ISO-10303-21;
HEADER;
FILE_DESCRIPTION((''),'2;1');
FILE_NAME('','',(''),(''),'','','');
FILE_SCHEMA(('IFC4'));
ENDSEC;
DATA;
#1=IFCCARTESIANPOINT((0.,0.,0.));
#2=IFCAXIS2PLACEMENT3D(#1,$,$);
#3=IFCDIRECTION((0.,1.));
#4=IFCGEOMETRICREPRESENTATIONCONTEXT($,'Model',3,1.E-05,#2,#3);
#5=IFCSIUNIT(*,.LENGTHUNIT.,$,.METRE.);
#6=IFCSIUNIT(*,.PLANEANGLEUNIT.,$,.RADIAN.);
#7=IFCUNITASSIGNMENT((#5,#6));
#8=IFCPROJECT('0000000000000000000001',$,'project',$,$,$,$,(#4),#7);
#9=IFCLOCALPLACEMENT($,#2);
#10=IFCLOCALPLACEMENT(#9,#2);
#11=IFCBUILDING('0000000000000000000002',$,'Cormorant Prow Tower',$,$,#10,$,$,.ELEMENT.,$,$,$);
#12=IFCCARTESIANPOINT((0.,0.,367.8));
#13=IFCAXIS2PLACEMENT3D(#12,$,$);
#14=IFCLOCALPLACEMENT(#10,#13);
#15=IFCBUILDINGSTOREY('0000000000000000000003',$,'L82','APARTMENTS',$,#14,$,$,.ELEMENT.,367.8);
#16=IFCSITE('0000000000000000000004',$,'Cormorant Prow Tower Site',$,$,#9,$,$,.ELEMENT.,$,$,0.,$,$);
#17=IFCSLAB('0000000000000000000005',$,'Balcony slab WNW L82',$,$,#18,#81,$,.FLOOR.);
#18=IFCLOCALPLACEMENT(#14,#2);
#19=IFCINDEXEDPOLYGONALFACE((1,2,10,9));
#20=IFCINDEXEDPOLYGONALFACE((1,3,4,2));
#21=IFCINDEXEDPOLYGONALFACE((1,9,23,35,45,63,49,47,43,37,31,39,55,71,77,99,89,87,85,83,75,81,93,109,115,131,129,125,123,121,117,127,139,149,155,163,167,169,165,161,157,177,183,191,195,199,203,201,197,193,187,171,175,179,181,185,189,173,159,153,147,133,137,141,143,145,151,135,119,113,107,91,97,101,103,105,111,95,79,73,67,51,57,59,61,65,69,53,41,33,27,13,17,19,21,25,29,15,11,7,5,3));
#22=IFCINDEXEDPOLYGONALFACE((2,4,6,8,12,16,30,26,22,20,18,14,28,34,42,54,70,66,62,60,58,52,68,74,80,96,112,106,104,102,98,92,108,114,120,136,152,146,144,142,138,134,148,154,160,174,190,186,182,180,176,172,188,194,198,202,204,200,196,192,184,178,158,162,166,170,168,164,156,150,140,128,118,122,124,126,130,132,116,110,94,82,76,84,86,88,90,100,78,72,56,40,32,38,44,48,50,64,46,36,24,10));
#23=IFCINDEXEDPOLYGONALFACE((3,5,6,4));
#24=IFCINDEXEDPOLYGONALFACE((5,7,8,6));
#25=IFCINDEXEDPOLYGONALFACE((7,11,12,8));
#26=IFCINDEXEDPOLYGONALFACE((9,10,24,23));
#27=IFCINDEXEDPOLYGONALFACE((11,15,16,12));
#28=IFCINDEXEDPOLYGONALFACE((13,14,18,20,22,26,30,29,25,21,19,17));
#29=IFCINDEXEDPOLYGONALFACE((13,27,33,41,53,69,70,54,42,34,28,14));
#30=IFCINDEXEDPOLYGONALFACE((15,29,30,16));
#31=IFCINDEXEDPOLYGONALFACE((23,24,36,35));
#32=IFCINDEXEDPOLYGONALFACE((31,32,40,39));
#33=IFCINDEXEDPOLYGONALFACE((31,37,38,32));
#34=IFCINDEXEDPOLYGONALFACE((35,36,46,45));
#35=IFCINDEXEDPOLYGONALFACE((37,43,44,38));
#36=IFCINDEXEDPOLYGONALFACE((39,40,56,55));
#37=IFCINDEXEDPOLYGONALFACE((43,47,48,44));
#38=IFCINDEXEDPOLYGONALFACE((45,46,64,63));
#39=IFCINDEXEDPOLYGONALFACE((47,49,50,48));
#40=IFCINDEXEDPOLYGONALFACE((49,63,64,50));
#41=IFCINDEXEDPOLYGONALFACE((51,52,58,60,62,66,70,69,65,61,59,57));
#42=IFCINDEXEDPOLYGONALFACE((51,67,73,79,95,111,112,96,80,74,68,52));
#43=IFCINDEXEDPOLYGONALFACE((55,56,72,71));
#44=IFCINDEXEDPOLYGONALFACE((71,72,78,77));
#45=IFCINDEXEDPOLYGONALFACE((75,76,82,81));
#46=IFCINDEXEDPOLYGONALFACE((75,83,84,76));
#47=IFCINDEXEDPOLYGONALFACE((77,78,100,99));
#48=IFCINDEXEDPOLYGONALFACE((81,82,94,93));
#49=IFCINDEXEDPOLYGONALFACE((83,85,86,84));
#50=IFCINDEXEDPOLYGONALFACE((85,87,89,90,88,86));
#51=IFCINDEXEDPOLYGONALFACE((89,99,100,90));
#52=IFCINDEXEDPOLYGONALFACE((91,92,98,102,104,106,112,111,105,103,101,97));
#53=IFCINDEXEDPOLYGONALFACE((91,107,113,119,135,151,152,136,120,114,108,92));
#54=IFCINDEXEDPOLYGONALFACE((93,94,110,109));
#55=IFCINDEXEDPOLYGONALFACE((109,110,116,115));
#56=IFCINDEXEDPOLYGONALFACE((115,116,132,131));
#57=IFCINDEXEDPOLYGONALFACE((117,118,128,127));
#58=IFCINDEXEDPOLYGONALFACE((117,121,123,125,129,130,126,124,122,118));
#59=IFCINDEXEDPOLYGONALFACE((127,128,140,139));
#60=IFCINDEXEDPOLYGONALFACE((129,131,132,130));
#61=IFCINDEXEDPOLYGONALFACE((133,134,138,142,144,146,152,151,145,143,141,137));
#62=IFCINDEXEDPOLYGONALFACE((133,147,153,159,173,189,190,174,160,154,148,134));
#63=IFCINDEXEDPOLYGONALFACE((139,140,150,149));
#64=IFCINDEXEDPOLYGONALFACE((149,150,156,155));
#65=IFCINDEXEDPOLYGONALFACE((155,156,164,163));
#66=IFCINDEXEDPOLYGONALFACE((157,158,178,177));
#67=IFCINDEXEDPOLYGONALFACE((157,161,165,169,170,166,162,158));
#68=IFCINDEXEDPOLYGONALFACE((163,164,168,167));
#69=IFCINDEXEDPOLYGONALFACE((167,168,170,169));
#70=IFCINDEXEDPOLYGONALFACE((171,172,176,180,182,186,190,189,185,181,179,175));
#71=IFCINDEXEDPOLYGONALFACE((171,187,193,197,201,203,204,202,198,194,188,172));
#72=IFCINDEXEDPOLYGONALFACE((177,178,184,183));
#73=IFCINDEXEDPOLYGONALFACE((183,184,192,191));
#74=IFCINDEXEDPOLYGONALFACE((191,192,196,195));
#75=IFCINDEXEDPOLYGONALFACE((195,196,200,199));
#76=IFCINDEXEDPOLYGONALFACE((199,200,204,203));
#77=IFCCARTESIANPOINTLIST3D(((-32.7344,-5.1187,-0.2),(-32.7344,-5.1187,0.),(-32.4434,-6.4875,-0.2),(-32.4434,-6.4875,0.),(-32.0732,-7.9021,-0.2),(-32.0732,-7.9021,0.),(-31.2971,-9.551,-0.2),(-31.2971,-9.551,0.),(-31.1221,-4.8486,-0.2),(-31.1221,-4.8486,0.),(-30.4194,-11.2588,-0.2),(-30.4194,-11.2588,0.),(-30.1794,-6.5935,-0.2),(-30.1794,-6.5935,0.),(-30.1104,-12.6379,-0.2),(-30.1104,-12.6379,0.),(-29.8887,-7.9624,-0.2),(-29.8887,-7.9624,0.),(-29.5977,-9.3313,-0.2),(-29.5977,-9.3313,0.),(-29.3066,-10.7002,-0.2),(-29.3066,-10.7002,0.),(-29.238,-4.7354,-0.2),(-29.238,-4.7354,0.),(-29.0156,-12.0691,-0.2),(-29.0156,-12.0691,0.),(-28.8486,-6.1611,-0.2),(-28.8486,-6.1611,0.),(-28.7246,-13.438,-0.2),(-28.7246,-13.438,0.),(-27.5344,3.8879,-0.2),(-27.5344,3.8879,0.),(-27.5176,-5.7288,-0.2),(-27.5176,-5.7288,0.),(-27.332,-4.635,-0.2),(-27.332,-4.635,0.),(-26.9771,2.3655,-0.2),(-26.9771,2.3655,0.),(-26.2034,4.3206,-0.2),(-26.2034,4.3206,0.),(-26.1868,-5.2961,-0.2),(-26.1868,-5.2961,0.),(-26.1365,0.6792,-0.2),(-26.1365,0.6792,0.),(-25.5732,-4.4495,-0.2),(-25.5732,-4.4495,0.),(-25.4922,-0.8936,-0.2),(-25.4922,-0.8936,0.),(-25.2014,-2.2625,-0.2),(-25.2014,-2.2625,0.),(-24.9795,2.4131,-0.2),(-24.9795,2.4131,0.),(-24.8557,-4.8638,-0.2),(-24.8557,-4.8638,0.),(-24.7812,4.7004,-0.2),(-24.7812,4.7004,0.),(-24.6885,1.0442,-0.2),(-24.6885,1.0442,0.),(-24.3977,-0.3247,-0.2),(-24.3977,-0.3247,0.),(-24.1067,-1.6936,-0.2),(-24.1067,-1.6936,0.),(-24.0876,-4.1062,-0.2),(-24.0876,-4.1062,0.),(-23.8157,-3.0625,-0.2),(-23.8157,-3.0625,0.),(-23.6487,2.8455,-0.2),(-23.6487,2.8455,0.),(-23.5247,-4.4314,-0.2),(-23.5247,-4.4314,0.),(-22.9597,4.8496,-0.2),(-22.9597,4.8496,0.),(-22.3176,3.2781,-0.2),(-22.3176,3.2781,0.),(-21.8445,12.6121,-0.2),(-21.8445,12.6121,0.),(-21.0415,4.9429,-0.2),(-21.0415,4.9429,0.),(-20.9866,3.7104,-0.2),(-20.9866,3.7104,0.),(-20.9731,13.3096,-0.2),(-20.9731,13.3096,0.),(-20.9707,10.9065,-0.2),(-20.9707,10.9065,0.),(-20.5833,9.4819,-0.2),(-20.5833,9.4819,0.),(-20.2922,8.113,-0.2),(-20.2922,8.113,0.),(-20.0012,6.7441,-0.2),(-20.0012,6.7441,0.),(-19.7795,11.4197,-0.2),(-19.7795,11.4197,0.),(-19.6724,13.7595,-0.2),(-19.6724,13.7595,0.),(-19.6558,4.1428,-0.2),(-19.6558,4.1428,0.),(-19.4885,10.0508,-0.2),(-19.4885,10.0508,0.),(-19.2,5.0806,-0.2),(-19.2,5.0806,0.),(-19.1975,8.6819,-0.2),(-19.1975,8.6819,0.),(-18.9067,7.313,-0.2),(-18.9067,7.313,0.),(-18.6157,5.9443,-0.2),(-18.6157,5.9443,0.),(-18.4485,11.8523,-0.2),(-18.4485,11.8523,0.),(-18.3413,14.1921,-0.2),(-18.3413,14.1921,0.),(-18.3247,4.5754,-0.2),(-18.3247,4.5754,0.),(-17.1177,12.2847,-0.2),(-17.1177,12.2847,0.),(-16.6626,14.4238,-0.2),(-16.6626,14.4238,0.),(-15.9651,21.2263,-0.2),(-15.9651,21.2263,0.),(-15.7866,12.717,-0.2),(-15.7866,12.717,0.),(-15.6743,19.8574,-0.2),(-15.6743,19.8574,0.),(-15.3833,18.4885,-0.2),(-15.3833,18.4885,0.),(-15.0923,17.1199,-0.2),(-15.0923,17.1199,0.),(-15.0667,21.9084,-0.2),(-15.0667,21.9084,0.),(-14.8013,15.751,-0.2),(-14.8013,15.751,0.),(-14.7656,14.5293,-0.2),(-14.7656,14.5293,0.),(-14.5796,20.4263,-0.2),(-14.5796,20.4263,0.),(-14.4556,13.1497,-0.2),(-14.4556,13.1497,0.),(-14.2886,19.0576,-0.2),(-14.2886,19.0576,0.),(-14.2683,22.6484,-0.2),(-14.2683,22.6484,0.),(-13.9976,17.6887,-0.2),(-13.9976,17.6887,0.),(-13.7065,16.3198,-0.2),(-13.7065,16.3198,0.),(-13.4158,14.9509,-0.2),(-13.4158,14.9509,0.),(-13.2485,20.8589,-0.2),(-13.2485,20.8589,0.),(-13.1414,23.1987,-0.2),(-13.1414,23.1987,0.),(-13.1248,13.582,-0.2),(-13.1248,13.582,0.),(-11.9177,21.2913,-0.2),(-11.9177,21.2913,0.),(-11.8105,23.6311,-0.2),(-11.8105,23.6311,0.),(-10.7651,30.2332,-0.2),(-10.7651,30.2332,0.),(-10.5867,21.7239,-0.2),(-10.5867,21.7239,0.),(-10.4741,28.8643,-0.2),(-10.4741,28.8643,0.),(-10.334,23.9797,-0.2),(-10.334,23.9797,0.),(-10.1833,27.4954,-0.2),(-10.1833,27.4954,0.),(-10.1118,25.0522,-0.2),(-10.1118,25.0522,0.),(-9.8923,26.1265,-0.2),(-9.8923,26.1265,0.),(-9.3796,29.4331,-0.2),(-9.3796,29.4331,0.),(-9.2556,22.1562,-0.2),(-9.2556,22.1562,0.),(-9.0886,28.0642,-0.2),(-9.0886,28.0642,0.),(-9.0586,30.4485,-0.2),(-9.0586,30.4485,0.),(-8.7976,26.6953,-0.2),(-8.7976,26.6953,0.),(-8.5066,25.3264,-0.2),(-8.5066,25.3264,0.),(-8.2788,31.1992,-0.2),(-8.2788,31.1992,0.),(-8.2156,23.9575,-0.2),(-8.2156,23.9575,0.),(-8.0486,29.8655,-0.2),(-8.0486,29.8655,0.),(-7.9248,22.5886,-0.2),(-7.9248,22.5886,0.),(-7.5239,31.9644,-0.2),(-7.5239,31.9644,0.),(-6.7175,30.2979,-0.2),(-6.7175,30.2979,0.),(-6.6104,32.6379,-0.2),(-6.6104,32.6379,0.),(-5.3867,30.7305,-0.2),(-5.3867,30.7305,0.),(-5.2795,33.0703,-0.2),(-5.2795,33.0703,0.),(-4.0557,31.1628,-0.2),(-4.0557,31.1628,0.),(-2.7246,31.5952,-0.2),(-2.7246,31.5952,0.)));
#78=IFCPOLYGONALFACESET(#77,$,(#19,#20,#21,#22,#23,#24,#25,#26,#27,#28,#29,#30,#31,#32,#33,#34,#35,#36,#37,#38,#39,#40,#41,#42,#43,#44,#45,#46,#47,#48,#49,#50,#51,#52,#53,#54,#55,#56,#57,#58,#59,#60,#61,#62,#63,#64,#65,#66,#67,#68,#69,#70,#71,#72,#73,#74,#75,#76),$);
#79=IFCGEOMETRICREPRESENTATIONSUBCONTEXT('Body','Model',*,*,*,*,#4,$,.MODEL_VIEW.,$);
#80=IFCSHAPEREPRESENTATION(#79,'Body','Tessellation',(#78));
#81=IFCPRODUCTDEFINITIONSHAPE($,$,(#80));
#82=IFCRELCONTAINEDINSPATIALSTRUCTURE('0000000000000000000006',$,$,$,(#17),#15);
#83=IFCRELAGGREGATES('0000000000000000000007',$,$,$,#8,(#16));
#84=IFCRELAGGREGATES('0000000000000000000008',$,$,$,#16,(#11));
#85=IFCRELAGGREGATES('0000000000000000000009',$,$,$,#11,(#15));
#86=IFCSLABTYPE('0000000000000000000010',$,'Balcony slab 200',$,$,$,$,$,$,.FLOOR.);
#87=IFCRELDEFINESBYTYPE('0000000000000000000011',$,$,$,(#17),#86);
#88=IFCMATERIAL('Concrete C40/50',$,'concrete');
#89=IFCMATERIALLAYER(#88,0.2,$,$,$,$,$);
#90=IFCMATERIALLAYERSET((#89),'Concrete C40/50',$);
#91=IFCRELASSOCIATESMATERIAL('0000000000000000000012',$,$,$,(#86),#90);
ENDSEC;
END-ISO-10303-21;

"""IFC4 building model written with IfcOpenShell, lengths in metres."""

from ifc_helpers import new_model, si_unit, direction, frame, origin, place, context, subcontext, project, spatial, polyline, outline, extrude, material, layer, layer_set, type_object, element, save


model = new_model("IFC4")

# Units and contexts
model_context = context("Model", 3, precision=1e-05, world=origin(), true_north=direction((0.0, 1.0)))
body_context = subcontext(model_context, "Body", "Model", "MODEL_VIEW")
ifc_project = project(units=[si_unit("LENGTHUNIT", "METRE"), si_unit("PLANEANGLEUNIT", "RADIAN")], contexts=[model_context])

# Site, building, storey
site_placement = place(None, origin())
site = spatial("IfcSite", under=ifc_project, at=site_placement, Name="Cormorant Prow Tower Site", CompositionType="ELEMENT", RefElevation=0.0)
building_placement = place(site_placement, origin())
building = spatial("IfcBuilding", under=site, at=building_placement, Name="Cormorant Prow Tower", CompositionType="ELEMENT")
storey_placement = place(building_placement, frame((0.0, 0.0, 367.8)))
storey = spatial("IfcBuildingStorey", under=building, at=storey_placement, Name="L82", Description="APARTMENTS", CompositionType="ELEMENT", Elevation=367.8)

# Slab
ifc_material_1 = material(Name="Concrete C40/50", Category="concrete")
ifc_layer_1 = layer(ifc_material_1, 0.2)
ifc_layer_set_1 = layer_set([ifc_layer_1], Name="Concrete C40/50")
slab_type_1 = type_object("IfcSlabType", Name="Balcony slab 200", PredefinedType="FLOOR", material=ifc_layer_set_1)
slab_1_placement = place(storey_placement, frame((0.0, 0.0, -0.2)))
element("IfcSlab", 1, at=slab_1_placement, inside=storey, type_object=slab_type_1, Name="Balcony slab WNW L82", PredefinedType="FLOOR", context=body_context, shape_type="SweptSolid", body=[
    extrude(outline(polyline([(-2.7246, 31.5952), (-5.2795, 33.0703), (-6.6104, 32.6379), (-7.5239, 31.9644), (-8.2788, 31.1992), (-9.0586, 30.4485), (-10.7651, 30.2332), (-10.4741, 28.8643), (-10.1833, 27.4954), (-9.8923, 26.1265), (-10.1118, 25.0522), (-10.334, 23.9797), (-11.8105, 23.6311), (-13.1414, 23.1987), (-14.2683, 22.6484), (-15.0667, 21.9084), (-15.9651, 21.2263), (-15.6743, 19.8574), (-15.3833, 18.4885), (-15.0923, 17.1199), (-14.8013, 15.751), (-14.7656, 14.5293), (-16.6626, 14.4238), (-18.3413, 14.1921), (-19.6724, 13.7595), (-20.9731, 13.3096), (-21.8445, 12.6121), (-20.9707, 10.9065), (-20.5833, 9.4819), (-20.2922, 8.113), (-20.0012, 6.7441), (-19.2, 5.0806), (-21.0415, 4.9429), (-22.9597, 4.8496), (-24.7812, 4.7004), (-26.2034, 4.3206), (-27.5344, 3.8879), (-26.9771, 2.3655), (-26.1365, 0.6792), (-25.4922, -0.8936), (-25.2014, -2.2625), (-24.0876, -4.1062), (-25.5732, -4.4495), (-27.332, -4.635), (-29.238, -4.7354), (-31.1221, -4.8486), (-32.7344, -5.1187), (-32.4434, -6.4875), (-32.0732, -7.9021), (-31.2971, -9.551), (-30.4194, -11.2588), (-30.1104, -12.6379), (-28.7246, -13.438), (-29.0156, -12.0691), (-29.3066, -10.7002), (-29.5977, -9.3313), (-29.8887, -7.9624), (-30.1794, -6.5935), (-28.8486, -6.1611), (-27.5176, -5.7288), (-26.1868, -5.2961), (-24.8557, -4.8638), (-23.5247, -4.4314), (-23.8157, -3.0625), (-24.1067, -1.6936), (-24.3977, -0.3247), (-24.6885, 1.0442), (-24.9795, 2.4131), (-23.6487, 2.8455), (-22.3176, 3.2781), (-20.9866, 3.7104), (-19.6558, 4.1428), (-18.3247, 4.5754), (-18.6157, 5.9443), (-18.9067, 7.313), (-19.1975, 8.6819), (-19.4885, 10.0508), (-19.7795, 11.4197), (-18.4485, 11.8523), (-17.1177, 12.2847), (-15.7866, 12.717), (-14.4556, 13.1497), (-13.1248, 13.582), (-13.4158, 14.9509), (-13.7065, 16.3198), (-13.9976, 17.6887), (-14.2886, 19.0576), (-14.5796, 20.4263), (-13.2485, 20.8589), (-11.9177, 21.2913), (-10.5867, 21.7239), (-9.2556, 22.1562), (-7.9248, 22.5886), (-8.2156, 23.9575), (-8.5066, 25.3264), (-8.7976, 26.6953), (-9.0886, 28.0642), (-9.3796, 29.4331), (-8.0486, 29.8655), (-6.7175, 30.2979), (-5.3867, 30.7305), (-4.0557, 31.1628), (-2.7246, 31.5952)])), origin(), (0.0, 0.0, 1.0), 0.2),
])

save(model, "model.ifc")
